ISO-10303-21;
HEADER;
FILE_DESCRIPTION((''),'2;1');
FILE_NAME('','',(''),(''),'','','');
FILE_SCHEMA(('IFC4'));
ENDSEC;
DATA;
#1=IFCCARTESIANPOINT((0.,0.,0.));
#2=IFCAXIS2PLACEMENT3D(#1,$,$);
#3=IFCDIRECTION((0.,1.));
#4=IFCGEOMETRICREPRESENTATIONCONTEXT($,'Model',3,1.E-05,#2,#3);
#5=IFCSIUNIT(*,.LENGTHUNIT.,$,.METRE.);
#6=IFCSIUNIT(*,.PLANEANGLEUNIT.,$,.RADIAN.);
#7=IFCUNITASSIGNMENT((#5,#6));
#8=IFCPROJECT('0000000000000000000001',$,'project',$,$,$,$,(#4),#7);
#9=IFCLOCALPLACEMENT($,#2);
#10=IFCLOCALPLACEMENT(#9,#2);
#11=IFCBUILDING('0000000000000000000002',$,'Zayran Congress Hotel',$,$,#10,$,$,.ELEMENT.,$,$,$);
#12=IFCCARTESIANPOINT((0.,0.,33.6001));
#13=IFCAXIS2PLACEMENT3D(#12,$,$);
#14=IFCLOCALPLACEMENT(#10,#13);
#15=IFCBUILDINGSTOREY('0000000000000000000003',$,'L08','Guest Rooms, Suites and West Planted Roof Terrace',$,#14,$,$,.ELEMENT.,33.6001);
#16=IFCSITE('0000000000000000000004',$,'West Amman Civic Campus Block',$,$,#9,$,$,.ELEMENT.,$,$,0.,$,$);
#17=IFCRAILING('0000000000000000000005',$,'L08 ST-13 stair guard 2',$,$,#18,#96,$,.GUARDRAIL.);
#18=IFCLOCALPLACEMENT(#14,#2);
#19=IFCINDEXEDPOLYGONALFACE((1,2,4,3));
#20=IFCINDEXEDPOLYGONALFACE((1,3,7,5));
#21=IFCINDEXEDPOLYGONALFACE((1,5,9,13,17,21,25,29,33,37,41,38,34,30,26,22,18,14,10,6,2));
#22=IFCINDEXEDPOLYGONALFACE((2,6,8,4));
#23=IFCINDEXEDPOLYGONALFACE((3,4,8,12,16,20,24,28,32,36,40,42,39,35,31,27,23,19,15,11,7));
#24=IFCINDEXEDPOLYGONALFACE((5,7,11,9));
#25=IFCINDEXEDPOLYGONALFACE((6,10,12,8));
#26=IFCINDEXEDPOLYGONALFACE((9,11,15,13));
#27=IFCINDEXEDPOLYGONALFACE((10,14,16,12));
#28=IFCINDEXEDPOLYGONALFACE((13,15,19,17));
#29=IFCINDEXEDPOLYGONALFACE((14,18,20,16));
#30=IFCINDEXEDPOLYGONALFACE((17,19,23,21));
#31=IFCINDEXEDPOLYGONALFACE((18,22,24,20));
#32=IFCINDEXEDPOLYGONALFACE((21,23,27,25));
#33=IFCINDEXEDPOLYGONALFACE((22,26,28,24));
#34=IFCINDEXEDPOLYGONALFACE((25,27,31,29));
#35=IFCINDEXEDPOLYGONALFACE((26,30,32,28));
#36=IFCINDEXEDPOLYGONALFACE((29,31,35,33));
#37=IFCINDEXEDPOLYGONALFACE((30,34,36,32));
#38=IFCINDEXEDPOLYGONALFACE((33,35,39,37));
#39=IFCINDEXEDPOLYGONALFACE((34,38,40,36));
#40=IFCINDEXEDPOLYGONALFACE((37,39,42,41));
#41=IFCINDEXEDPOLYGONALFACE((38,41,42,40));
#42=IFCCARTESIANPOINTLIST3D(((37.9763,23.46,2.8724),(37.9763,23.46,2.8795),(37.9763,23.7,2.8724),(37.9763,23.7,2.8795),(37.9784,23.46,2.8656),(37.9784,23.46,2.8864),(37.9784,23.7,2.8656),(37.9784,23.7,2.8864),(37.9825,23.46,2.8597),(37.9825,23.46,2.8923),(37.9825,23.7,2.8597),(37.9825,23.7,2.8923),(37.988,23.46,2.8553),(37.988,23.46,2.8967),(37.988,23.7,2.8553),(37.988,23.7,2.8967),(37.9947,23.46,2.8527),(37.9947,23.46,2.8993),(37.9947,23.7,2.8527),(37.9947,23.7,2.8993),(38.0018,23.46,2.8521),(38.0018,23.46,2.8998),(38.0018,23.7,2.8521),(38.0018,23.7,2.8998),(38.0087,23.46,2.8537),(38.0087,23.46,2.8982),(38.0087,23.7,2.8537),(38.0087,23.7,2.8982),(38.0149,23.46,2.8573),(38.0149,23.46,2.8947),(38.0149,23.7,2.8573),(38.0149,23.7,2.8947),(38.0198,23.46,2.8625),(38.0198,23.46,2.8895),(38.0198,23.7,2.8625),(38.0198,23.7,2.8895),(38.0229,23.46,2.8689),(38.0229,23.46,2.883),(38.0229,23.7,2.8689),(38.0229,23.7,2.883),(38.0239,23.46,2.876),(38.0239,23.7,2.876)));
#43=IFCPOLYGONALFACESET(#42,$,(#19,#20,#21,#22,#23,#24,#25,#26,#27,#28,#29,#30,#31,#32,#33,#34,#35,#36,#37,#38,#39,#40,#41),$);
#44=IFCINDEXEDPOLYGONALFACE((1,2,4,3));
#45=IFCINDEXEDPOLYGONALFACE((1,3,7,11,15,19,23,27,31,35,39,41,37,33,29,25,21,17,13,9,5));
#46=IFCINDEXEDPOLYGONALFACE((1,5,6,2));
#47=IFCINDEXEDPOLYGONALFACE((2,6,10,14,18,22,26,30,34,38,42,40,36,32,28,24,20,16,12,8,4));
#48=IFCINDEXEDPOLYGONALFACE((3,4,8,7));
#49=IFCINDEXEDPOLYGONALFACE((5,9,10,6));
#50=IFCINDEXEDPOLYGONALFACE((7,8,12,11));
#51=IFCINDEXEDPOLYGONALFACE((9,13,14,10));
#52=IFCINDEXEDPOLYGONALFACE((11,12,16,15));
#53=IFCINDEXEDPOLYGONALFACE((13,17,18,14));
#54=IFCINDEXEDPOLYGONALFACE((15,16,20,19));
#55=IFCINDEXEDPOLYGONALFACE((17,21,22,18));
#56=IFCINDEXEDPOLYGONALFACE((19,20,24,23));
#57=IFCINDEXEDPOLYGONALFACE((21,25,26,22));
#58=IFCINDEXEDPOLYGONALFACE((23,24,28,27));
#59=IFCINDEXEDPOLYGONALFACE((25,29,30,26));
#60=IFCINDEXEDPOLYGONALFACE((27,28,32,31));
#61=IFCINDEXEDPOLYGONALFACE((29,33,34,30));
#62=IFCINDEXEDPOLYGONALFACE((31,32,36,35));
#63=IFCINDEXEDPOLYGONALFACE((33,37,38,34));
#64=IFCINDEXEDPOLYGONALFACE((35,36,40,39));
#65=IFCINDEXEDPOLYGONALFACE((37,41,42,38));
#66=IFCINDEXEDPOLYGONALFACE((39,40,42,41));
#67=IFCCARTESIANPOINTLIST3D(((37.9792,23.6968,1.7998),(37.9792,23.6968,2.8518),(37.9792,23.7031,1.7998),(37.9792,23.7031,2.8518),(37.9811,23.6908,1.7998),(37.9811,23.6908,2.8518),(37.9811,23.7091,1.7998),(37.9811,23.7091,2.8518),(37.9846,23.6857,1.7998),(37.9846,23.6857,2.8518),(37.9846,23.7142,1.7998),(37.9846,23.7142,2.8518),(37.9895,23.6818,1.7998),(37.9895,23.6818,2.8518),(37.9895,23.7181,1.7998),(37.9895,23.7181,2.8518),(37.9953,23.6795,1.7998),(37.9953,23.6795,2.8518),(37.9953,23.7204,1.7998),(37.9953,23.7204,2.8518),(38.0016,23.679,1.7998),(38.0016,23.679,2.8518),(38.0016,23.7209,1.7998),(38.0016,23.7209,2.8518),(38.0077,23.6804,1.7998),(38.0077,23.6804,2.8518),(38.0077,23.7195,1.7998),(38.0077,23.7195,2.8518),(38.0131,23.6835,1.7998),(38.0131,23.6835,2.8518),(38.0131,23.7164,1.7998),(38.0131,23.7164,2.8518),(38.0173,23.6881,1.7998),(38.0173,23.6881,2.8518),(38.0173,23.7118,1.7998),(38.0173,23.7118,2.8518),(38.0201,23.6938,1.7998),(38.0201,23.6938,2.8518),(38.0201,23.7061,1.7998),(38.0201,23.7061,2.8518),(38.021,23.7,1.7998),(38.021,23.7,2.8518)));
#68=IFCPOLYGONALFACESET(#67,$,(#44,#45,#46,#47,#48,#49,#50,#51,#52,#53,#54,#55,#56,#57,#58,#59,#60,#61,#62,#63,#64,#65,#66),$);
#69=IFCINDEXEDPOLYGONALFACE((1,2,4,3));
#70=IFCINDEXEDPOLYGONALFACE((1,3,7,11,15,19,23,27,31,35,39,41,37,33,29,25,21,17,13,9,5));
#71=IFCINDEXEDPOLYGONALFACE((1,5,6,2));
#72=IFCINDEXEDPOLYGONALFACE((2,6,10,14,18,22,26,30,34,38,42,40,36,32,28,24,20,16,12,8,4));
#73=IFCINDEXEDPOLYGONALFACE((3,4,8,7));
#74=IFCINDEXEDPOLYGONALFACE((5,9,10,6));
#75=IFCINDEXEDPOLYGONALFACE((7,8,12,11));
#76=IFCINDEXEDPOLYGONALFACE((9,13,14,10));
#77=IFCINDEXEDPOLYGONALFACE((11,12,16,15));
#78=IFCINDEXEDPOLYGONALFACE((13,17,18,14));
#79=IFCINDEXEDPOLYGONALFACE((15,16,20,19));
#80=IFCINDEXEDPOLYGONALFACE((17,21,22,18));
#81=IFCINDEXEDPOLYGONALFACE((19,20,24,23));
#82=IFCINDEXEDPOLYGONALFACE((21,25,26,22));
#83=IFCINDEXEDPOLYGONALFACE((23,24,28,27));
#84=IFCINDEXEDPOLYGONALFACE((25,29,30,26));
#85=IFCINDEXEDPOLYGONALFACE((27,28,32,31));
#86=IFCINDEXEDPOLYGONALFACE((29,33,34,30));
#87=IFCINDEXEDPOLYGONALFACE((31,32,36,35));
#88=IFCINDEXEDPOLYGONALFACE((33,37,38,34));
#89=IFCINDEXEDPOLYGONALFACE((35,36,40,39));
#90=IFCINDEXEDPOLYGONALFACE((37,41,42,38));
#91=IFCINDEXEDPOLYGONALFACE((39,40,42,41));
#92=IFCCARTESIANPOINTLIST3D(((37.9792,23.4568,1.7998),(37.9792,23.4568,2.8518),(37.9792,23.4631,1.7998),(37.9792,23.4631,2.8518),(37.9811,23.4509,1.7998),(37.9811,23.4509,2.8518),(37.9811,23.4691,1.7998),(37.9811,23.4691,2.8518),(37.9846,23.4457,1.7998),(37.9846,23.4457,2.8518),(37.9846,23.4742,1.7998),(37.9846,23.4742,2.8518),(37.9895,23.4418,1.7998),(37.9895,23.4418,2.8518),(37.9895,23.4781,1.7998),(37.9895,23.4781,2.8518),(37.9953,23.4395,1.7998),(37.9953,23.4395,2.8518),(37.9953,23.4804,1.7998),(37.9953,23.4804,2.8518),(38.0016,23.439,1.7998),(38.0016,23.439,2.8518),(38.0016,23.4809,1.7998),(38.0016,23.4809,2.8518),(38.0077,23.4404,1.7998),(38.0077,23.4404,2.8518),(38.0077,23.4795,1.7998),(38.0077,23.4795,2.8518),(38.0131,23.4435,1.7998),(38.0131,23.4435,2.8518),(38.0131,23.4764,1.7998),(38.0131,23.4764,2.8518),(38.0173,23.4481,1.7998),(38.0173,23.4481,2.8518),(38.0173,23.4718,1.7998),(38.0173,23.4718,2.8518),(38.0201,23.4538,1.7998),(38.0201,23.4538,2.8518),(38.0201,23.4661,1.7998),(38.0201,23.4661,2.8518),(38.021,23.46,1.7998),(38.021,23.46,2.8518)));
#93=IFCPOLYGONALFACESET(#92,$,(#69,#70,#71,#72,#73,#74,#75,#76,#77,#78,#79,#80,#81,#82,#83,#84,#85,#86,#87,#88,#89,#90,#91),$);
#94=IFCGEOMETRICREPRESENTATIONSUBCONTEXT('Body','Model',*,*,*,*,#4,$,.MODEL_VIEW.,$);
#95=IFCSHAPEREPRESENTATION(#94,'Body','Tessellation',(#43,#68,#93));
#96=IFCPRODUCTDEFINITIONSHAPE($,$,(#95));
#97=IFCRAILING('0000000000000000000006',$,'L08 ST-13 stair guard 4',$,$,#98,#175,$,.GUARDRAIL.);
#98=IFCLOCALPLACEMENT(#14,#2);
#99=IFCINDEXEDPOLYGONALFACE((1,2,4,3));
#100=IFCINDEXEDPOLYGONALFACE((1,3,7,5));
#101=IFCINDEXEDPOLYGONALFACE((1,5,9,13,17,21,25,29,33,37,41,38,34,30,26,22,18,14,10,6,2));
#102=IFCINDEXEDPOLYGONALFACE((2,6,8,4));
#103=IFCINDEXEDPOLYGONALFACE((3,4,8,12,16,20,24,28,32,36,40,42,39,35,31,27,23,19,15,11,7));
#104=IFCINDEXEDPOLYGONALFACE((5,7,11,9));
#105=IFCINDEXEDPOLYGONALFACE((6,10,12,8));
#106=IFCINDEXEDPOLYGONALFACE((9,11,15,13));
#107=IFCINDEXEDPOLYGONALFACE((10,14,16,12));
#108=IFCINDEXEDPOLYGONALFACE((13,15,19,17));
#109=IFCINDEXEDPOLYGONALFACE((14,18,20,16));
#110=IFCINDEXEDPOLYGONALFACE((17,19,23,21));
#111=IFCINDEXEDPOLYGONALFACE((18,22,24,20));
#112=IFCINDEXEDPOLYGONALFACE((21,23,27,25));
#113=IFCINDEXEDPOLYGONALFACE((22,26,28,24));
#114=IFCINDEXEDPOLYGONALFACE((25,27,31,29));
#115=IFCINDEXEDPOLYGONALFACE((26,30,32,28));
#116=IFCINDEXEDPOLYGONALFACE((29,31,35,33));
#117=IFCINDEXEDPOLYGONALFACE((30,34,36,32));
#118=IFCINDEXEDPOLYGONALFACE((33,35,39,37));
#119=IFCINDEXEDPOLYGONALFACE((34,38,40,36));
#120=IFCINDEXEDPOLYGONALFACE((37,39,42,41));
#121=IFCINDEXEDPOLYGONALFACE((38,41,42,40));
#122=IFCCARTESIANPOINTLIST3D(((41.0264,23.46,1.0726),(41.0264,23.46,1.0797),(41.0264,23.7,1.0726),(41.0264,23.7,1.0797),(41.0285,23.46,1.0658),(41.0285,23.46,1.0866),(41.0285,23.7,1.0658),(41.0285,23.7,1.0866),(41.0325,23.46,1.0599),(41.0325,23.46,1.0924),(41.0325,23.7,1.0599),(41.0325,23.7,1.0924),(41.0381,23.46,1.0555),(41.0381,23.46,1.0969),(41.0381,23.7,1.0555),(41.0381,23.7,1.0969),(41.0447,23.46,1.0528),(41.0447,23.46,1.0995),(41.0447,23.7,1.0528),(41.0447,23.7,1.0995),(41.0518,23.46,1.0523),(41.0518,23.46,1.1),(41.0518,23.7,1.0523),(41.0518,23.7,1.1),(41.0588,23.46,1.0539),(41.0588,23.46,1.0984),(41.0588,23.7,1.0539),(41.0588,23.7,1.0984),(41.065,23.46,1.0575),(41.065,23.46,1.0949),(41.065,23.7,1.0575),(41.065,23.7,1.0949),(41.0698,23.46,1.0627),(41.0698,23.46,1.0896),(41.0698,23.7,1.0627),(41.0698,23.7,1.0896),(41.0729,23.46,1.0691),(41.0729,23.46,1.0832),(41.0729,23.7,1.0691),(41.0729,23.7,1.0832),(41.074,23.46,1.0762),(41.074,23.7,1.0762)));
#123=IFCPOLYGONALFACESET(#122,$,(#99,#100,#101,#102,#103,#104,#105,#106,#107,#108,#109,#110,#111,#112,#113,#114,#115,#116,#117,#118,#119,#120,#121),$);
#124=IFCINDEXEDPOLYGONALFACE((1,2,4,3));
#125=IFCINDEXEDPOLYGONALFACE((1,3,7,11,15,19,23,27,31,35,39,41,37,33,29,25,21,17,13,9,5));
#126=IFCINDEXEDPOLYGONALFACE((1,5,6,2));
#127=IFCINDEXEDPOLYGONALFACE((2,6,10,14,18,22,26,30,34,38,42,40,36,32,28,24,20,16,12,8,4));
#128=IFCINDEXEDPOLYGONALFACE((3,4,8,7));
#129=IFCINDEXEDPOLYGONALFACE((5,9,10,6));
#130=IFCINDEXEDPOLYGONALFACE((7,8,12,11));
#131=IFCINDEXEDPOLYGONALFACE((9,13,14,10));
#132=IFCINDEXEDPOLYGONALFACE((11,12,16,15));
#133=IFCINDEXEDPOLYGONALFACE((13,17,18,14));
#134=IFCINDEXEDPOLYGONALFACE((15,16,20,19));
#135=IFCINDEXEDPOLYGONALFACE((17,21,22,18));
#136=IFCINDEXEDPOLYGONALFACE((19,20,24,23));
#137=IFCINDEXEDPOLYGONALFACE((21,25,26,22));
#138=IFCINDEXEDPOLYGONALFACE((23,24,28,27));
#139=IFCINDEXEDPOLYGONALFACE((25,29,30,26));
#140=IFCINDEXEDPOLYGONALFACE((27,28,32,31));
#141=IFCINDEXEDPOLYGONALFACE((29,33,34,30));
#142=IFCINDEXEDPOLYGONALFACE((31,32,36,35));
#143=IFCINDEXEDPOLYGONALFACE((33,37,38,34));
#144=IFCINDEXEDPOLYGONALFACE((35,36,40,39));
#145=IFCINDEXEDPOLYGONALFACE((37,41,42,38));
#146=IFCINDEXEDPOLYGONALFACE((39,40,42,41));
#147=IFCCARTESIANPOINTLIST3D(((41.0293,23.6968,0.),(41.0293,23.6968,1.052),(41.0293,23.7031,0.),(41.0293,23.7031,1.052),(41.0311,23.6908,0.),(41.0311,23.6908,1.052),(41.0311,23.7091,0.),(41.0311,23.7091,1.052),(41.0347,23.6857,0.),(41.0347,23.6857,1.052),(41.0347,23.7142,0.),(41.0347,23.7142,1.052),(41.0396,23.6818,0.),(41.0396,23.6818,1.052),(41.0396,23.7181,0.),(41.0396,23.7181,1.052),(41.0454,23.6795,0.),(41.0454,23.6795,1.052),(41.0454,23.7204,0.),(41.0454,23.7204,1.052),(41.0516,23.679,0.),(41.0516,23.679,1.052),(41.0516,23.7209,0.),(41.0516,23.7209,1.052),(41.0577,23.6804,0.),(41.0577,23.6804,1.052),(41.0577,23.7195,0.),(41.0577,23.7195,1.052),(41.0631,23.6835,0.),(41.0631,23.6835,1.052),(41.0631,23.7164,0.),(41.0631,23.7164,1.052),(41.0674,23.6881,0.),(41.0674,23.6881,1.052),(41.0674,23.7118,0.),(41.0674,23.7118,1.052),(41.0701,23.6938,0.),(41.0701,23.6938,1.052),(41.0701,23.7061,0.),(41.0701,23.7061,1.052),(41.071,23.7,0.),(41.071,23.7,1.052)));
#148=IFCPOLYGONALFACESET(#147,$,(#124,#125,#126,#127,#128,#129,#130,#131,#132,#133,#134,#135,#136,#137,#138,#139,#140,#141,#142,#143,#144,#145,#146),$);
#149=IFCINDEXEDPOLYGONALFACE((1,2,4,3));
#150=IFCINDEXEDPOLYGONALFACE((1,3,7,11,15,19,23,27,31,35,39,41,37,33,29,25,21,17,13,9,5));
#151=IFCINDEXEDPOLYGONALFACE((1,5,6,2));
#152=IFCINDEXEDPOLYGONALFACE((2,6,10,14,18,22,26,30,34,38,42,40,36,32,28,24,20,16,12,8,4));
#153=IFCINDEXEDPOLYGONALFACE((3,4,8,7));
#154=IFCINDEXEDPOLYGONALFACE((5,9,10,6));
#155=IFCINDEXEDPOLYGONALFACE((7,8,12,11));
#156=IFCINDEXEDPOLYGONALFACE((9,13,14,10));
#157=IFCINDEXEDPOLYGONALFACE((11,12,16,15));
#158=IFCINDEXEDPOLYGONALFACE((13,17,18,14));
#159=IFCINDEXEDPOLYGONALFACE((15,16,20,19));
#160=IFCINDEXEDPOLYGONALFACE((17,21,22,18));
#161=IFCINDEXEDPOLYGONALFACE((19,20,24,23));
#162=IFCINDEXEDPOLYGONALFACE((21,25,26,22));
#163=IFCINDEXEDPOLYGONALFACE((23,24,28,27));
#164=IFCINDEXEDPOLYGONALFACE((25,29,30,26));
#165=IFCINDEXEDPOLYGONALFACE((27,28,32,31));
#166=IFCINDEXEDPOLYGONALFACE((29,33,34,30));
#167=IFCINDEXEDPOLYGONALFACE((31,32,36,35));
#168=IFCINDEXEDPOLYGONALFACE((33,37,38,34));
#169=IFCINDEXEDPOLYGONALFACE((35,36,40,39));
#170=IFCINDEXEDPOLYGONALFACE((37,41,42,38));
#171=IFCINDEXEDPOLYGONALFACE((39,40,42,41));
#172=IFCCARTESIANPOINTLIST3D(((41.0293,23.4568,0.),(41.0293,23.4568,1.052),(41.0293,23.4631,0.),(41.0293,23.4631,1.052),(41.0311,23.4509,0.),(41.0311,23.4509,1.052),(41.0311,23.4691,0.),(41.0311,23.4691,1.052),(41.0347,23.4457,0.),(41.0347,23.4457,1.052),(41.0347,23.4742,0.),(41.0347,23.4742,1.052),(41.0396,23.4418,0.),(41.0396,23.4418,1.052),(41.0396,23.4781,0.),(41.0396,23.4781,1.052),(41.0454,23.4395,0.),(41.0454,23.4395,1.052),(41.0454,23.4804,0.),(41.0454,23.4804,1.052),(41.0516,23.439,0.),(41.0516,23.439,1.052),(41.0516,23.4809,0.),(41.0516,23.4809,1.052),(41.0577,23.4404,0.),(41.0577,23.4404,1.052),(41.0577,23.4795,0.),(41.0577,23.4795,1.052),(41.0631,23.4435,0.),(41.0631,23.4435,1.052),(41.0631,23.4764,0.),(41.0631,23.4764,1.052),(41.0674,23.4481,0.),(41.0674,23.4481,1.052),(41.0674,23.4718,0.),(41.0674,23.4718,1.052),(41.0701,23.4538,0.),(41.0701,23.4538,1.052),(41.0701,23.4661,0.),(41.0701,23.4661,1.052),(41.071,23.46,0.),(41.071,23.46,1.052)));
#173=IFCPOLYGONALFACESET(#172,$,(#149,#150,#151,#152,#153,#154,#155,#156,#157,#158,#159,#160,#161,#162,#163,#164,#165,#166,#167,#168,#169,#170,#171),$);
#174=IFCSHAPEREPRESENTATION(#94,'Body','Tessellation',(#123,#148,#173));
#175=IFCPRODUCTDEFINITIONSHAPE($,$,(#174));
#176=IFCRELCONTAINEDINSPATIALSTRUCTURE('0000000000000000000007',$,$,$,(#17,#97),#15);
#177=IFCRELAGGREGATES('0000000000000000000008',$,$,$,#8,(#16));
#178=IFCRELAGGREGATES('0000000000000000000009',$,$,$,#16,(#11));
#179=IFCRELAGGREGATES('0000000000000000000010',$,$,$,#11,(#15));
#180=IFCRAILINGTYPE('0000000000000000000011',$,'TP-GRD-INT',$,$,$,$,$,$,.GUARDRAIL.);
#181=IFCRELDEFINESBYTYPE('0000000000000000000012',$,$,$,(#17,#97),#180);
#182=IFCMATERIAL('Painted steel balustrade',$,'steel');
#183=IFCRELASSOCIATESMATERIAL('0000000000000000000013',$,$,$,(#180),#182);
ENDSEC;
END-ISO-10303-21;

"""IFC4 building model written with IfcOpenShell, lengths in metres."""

from ifc_helpers import new_model, si_unit, direction, frame, origin, origin_2d, place, context, subcontext, project, spatial, circle, extrude, material, type_object, element, save


model = new_model("IFC4")

# Units and contexts
model_context = context("Model", 3, precision=1e-05, world=origin(), true_north=direction((0.0, 1.0)))
body_context = subcontext(model_context, "Body", "Model", "MODEL_VIEW")
ifc_project = project(units=[si_unit("LENGTHUNIT", "METRE"), si_unit("PLANEANGLEUNIT", "RADIAN")], contexts=[model_context])

# Site, building, storey
site_placement = place(None, origin())
site = spatial("IfcSite", under=ifc_project, at=site_placement, Name="West Amman Civic Campus Block", CompositionType="ELEMENT", RefElevation=0.0)
building_placement = place(site_placement, origin())
building = spatial("IfcBuilding", under=site, at=building_placement, Name="Zayran Congress Hotel", CompositionType="ELEMENT")
storey_placement = place(building_placement, frame((0.0, 0.0, 33.6001)))
storey = spatial("IfcBuildingStorey", under=building, at=storey_placement, Name="L08", Description="Guest Rooms, Suites and West Planted Roof Terrace", CompositionType="ELEMENT", Elevation=33.6001)

# Railings
ifc_material_1 = material(Name="Painted steel balustrade", Category="steel")
railing_type_1 = type_object("IfcRailingType", Name="TP-GRD-INT", PredefinedType="GUARDRAIL", material=ifc_material_1)
for number, where, name in (
    (1, (38.0, 23.7, 1.7998), "L08 ST-13 stair guard 2"),
    (2, (41.05, 23.7, 0.0), "L08 ST-13 stair guard 4"),
):
    element("IfcRailing", number, at=place(storey_placement, frame(where)), inside=storey, type_object=railing_type_1, Name=name, PredefinedType="GUARDRAIL", context=body_context, shape_type="SweptSolid", body=[
        extrude(circle(Radius=0.0239, at=origin_2d()), frame((0.0, 0.0, 1.0762), z_axis=(0.0, -1.0, 0.0), x_axis=(1.0, 0.0, 0.0)), (0.0, 0.0, 1.0), 0.24),
        extrude(circle(Radius=0.021, at=origin_2d()), origin(), (0.0, 0.0, 1.0), 1.052),
        extrude(circle(Radius=0.021, at=origin_2d()), frame((0.0, -0.24, 0.0)), (0.0, 0.0, 1.0), 1.052),
    ])

save(model, "model.ifc")
